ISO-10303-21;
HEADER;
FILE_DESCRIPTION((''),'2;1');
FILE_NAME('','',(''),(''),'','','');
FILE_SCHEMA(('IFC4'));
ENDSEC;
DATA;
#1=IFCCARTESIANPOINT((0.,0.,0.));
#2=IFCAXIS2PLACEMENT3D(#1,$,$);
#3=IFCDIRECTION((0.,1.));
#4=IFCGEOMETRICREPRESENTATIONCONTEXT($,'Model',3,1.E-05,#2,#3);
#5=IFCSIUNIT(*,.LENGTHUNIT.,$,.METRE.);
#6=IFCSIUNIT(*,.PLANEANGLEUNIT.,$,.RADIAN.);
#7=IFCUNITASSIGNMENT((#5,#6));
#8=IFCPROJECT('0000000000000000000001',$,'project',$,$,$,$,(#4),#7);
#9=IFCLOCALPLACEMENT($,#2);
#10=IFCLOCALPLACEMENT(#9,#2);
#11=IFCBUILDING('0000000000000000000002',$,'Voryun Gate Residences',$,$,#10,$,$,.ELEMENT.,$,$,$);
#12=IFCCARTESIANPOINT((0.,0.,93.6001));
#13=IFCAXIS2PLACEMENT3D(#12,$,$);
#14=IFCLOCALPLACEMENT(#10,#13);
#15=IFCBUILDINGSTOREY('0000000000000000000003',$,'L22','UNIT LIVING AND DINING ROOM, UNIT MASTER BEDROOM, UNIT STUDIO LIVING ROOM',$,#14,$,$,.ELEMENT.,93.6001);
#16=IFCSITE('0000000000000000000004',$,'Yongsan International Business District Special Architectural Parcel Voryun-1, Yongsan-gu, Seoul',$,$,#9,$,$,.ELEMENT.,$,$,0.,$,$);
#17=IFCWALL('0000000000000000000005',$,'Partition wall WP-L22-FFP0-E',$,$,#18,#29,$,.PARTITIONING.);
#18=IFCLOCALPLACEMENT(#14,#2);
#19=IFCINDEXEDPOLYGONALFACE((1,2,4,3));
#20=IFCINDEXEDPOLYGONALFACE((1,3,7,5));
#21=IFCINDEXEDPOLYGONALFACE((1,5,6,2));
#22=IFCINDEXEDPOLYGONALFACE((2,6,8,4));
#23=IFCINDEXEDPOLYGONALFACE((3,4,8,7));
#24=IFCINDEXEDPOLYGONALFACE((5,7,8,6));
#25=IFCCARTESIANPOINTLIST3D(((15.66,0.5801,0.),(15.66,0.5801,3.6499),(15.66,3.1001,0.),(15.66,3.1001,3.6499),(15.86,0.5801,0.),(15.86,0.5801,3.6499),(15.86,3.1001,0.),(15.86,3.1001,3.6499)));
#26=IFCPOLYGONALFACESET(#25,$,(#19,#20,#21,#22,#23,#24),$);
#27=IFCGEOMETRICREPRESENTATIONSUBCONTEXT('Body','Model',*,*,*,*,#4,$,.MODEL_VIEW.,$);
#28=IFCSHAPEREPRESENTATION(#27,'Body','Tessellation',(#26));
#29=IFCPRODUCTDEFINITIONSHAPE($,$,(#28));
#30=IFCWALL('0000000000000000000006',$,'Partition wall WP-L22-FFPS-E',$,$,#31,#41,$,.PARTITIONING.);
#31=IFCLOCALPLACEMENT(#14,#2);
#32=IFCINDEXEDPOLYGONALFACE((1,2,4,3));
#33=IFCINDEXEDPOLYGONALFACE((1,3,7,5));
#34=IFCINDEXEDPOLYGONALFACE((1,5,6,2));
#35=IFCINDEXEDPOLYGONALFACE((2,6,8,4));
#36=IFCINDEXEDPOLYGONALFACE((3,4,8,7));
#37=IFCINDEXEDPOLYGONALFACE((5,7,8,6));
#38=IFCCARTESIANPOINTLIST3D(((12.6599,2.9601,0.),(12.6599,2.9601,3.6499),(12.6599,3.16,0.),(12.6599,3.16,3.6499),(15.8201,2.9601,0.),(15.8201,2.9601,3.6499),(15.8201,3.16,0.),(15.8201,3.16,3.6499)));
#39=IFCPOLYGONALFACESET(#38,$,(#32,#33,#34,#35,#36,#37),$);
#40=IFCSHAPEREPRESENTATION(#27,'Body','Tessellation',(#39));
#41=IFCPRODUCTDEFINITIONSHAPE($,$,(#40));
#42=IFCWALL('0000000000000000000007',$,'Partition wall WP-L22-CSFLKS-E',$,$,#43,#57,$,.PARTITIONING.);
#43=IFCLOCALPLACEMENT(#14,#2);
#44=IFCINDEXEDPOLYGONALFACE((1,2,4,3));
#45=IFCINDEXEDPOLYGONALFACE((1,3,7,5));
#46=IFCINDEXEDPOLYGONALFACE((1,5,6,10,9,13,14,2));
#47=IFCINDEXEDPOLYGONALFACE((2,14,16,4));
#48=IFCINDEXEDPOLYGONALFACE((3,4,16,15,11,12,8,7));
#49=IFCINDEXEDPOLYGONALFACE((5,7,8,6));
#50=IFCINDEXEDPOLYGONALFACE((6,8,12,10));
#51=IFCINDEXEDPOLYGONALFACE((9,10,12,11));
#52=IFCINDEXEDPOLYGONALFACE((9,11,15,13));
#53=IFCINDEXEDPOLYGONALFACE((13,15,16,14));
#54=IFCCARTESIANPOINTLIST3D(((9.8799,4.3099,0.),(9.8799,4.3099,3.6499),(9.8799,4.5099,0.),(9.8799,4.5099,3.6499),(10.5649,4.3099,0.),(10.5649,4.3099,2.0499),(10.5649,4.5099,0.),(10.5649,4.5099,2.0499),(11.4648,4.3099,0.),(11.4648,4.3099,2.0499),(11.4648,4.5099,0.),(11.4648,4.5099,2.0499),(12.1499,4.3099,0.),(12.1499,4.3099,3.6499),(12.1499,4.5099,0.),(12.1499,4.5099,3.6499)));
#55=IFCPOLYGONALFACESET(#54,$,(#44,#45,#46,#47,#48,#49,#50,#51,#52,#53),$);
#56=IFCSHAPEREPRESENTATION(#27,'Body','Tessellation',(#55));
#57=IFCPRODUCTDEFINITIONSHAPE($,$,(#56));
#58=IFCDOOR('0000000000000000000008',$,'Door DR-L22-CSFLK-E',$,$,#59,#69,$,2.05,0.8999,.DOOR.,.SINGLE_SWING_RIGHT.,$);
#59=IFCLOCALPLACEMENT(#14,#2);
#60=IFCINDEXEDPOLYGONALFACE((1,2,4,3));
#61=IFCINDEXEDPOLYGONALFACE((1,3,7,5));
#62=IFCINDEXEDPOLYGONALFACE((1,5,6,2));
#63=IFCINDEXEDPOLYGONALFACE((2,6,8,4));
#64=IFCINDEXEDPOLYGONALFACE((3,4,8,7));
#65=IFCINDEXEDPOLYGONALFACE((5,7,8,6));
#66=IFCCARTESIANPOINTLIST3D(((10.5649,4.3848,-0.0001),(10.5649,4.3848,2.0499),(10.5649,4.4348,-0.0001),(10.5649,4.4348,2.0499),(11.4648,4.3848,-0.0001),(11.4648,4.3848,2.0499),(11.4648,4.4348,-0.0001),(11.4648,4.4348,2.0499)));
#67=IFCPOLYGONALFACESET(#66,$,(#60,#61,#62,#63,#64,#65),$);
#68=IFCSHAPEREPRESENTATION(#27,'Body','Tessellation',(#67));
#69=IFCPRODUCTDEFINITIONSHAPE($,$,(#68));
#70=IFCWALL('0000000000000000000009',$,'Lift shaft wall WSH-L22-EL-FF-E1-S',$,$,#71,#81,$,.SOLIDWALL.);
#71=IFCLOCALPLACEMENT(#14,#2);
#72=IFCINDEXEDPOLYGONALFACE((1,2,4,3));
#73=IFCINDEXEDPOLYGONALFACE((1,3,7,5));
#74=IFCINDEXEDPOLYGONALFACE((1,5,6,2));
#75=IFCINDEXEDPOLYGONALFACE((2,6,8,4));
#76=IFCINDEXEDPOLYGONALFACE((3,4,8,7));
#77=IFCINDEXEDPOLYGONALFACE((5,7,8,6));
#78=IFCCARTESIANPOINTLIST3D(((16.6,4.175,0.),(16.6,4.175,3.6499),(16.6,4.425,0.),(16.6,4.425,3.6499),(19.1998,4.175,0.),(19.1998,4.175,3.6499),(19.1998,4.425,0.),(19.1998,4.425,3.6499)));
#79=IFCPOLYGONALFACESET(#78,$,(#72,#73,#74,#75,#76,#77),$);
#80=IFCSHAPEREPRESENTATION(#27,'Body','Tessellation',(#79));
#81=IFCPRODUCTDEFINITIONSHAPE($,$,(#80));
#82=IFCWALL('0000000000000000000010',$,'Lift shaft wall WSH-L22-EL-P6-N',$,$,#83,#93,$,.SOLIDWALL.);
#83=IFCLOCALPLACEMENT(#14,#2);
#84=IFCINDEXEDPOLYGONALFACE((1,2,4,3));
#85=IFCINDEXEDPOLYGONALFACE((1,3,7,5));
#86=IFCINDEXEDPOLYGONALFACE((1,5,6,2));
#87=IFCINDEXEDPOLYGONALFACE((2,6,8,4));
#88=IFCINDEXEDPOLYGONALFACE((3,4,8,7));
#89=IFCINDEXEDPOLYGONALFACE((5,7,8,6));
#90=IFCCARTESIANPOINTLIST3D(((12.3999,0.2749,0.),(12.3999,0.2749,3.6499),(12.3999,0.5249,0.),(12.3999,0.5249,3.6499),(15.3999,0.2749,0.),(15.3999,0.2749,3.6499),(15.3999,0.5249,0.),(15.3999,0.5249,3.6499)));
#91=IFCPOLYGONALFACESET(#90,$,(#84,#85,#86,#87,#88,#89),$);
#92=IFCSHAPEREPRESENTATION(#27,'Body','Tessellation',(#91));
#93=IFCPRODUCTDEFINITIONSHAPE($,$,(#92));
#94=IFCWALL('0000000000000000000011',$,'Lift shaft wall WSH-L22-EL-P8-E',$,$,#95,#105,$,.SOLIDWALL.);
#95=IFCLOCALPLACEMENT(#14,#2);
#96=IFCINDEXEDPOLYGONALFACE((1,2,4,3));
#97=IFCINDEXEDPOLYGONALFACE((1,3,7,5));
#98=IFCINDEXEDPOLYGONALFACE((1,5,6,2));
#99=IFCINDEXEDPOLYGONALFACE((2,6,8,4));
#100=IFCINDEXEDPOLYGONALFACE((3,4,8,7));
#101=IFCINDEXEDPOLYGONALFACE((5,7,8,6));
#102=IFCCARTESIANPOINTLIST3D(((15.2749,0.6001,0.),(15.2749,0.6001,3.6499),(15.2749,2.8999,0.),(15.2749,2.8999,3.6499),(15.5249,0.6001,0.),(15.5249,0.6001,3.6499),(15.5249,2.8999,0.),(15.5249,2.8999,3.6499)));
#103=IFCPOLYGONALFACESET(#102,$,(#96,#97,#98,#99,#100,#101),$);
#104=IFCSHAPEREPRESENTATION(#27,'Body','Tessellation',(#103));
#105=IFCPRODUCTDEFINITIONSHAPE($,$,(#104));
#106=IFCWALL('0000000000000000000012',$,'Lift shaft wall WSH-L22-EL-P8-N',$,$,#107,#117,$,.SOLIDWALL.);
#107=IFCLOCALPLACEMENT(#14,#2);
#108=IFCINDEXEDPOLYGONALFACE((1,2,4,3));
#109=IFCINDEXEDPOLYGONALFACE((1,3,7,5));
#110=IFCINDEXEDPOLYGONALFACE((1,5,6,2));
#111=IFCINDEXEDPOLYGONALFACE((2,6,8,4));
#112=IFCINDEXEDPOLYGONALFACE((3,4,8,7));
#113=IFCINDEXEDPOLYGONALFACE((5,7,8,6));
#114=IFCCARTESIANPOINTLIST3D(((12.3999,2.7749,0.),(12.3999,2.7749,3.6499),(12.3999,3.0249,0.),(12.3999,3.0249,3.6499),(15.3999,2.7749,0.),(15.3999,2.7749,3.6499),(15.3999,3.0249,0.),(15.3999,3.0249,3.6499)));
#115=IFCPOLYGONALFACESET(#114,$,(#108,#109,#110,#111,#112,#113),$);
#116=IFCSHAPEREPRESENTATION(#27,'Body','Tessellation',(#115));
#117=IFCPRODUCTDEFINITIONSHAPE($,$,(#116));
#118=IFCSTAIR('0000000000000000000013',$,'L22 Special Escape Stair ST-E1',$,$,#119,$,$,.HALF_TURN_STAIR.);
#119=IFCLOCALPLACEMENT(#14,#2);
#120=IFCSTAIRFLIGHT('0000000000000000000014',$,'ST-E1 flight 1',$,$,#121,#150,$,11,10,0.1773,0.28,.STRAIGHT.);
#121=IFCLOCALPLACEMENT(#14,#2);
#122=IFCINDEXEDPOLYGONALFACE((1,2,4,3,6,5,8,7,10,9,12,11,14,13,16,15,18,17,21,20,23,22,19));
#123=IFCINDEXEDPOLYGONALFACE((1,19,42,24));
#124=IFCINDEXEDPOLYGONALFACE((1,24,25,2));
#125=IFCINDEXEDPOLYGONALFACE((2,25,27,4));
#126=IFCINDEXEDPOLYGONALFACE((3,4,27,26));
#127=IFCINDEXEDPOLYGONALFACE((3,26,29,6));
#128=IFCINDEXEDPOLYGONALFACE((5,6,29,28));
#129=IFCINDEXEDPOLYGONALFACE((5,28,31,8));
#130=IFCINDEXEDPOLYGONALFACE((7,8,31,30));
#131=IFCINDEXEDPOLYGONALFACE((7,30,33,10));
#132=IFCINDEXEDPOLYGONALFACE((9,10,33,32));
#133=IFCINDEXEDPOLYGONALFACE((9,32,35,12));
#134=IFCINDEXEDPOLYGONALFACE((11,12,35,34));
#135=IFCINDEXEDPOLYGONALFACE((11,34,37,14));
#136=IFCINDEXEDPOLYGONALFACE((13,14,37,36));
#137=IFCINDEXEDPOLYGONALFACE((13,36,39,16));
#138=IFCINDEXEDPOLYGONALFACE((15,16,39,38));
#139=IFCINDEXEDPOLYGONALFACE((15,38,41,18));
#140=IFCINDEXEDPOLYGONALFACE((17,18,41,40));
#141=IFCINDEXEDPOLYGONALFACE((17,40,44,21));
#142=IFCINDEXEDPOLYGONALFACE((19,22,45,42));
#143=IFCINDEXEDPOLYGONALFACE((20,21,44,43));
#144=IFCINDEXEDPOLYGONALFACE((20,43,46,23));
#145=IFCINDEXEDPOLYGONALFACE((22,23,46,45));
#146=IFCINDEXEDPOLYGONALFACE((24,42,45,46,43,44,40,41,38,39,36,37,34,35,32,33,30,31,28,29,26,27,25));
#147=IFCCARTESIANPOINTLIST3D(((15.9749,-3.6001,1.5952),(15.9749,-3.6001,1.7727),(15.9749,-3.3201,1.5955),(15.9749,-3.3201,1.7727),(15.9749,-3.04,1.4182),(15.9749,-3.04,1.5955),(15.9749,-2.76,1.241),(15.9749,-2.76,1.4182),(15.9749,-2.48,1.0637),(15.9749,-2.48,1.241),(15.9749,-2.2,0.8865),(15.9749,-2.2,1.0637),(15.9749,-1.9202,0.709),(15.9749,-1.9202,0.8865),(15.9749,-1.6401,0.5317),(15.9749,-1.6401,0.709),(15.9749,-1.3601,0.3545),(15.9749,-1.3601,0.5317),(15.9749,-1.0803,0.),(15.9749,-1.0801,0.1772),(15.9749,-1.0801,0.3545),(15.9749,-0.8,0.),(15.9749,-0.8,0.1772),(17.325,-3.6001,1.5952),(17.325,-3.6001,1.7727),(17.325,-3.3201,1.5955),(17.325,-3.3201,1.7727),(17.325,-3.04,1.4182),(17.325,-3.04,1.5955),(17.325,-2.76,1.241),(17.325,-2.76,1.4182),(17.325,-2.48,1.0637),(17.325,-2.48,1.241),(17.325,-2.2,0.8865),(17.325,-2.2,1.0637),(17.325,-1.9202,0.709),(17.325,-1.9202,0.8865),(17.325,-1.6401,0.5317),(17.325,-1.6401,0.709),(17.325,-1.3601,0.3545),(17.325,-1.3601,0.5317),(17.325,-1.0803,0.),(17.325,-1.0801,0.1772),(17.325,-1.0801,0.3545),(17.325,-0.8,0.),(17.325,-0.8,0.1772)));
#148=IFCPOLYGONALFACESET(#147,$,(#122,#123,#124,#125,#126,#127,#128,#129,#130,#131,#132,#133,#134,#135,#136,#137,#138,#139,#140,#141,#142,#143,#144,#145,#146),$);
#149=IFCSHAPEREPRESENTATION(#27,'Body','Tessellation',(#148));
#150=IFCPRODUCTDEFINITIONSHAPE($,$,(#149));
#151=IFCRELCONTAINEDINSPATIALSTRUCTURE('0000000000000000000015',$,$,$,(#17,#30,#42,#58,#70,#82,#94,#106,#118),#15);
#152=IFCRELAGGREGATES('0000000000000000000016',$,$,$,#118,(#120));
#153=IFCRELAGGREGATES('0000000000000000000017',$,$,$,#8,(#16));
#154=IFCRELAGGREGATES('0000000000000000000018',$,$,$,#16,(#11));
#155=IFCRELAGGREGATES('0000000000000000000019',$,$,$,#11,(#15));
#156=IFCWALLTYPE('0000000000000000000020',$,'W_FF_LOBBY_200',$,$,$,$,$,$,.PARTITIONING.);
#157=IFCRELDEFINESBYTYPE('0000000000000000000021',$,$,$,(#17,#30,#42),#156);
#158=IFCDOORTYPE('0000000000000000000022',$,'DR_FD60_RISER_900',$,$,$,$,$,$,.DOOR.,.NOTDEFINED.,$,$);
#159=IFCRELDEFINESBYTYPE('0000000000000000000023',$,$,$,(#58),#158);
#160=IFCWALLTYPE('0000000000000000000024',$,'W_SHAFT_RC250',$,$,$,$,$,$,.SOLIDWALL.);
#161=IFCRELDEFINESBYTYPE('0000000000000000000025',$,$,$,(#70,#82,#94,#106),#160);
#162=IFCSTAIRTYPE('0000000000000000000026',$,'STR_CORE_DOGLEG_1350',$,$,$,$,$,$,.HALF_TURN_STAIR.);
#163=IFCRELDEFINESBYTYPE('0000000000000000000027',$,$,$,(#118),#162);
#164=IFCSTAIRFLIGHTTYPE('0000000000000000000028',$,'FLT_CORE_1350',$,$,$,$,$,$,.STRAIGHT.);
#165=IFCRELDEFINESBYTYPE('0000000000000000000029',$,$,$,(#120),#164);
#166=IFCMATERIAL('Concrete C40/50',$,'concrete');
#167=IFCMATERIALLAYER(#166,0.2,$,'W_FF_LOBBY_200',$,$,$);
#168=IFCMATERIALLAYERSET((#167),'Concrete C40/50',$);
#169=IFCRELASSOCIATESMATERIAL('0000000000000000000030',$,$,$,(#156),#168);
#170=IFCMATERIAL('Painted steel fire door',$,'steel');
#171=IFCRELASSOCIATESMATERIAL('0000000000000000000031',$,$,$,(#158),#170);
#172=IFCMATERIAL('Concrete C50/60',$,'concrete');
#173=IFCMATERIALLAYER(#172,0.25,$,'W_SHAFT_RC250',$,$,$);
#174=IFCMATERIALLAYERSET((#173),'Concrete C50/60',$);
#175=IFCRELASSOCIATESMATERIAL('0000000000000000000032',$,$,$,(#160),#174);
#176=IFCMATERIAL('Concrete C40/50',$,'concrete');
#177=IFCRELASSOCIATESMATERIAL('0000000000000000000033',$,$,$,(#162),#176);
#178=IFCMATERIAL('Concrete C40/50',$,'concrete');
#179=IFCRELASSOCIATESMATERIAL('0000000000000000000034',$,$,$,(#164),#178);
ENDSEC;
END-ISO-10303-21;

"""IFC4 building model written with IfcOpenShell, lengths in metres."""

from ifc_helpers import new_model, si_unit, direction, frame, frame_2d, origin, place, context, subcontext, project, spatial, polyline, rectangle, outline, extrude, material, layer, layer_set, type_object, element, fill, aggregate, save


model = new_model("IFC4")

# Units and contexts
model_context = context("Model", 3, precision=1e-05, world=origin(), true_north=direction((0.0, 1.0)))
body_context = subcontext(model_context, "Body", "Model", "MODEL_VIEW")
ifc_project = project(units=[si_unit("LENGTHUNIT", "METRE"), si_unit("PLANEANGLEUNIT", "RADIAN")], contexts=[model_context])

# Site, building, storey
site_placement = place(None, origin())
site = spatial("IfcSite", under=ifc_project, at=site_placement, Name="Yongsan International Business District Special Architectural Parcel Voryun-1, Yongsan-gu, Seoul", CompositionType="ELEMENT", RefElevation=0.0)
building_placement = place(site_placement, origin())
building = spatial("IfcBuilding", under=site, at=building_placement, Name="Voryun Gate Residences", CompositionType="ELEMENT")
storey_placement = place(building_placement, frame((0.0, 0.0, 93.6001)))
storey = spatial("IfcBuildingStorey", under=building, at=storey_placement, Name="L22", Description="UNIT LIVING AND DINING ROOM, UNIT MASTER BEDROOM, UNIT STUDIO LIVING ROOM", CompositionType="ELEMENT", Elevation=93.6001)

# Walls
ifc_material_1 = material(Name="Concrete C40/50", Category="concrete")
ifc_layer_1 = layer(ifc_material_1, 0.2, Name="W_FF_LOBBY_200")
ifc_layer_set_1 = layer_set([ifc_layer_1], Name="Concrete C40/50")
wall_type_1 = type_object("IfcWallType", Name="W_FF_LOBBY_200", PredefinedType="PARTITIONING", material=ifc_layer_set_1)
wall_1_placement = place(storey_placement, frame((15.76, 0.5801, 0.0), z_axis=(0.0, 0.0, 1.0), x_axis=(0.0, 1.0, 0.0)))
element("IfcWall", 1, at=wall_1_placement, inside=storey, type_object=wall_type_1, Name="Partition wall WP-L22-FFP0-E", PredefinedType="PARTITIONING", context=body_context, shape_type="SweptSolid", body=[
    extrude(rectangle(XDim=2.52, YDim=0.2, at=frame_2d((1.26, 0.0))), origin(), (0.0, 0.0, 1.0), 3.6499),
])
wall_2_placement = place(storey_placement, frame((12.6599, 3.0601, 0.0), z_axis=(0.0, 0.0, 1.0), x_axis=(1.0, 0.0, 0.0)))
element("IfcWall", 2, at=wall_2_placement, inside=storey, type_object=wall_type_1, Name="Partition wall WP-L22-FFPS-E", PredefinedType="PARTITIONING", context=body_context, shape_type="SweptSolid", body=[
    extrude(rectangle(XDim=3.1602, YDim=0.2, at=frame_2d((1.5801, 0.0))), origin(), (0.0, 0.0, 1.0), 3.6499),
])

# Wall, opening, door
wall_3_placement = place(storey_placement, frame((9.8799, 4.4099, 0.0), z_axis=(0.0, 0.0, 1.0), x_axis=(1.0, 0.0, 0.0)))
wall_3 = element("IfcWall", 3, at=wall_3_placement, inside=storey, type_object=wall_type_1, Name="Partition wall WP-L22-CSFLKS-E", PredefinedType="PARTITIONING", context=body_context, shape_type="SweptSolid", body=[
    extrude(rectangle(XDim=2.27, YDim=0.2, at=frame_2d((1.135, 0.0))), origin(), (0.0, 0.0, 1.0), 3.6499),
])
opening_1_placement = place(wall_3_placement, frame((0.6851, 0.0, 0.0)))
opening_1 = element("IfcOpeningElement", 4, at=opening_1_placement, cuts=wall_3, PredefinedType="OPENING", context=body_context, shape_type="SweptSolid", body=[
    extrude(rectangle(XDim=0.8999, YDim=2.05, at=frame_2d((0.45, 1.0249))), frame((0.0, 0.1101, 0.0), z_axis=(0.0, -1.0, 0.0), x_axis=(1.0, 0.0, 0.0)), (0.0, 0.0, 1.0), 0.22),
])
ifc_material_2 = material(Name="Painted steel fire door", Category="steel")
door_type_1 = type_object("IfcDoorType", Name="DR_FD60_RISER_900", OperationType="NOTDEFINED", PredefinedType="DOOR", material=ifc_material_2)
door_1_placement = place(opening_1_placement, origin())
door_1 = element("IfcDoor", 5, at=door_1_placement, inside=storey, type_object=door_type_1, Name="Door DR-L22-CSFLK-E", OperationType="SINGLE_SWING_RIGHT", OverallHeight=2.05, OverallWidth=0.8999, PredefinedType="DOOR", context=body_context, shape_type="SweptSolid", body=[
    extrude(rectangle(XDim=0.8999, YDim=2.05, at=frame_2d((0.45, 1.0249))), frame((0.0, 0.0249, 0.0), z_axis=(0.0, -1.0, 0.0), x_axis=(1.0, 0.0, 0.0)), (0.0, 0.0, 1.0), 0.05),
])
fill(opening_1, door_1)

# Walls
ifc_material_3 = material(Name="Concrete C50/60", Category="concrete")
ifc_layer_2 = layer(ifc_material_3, 0.25, Name="W_SHAFT_RC250")
ifc_layer_set_2 = layer_set([ifc_layer_2], Name="Concrete C50/60")
wall_type_2 = type_object("IfcWallType", Name="W_SHAFT_RC250", PredefinedType="SOLIDWALL", material=ifc_layer_set_2)
wall_4_placement = place(storey_placement, frame((16.6001, 4.3, 0.0), z_axis=(0.0, 0.0, 1.0), x_axis=(1.0, 0.0, 0.0)))
element("IfcWall", 6, at=wall_4_placement, inside=storey, type_object=wall_type_2, Name="Lift shaft wall WSH-L22-EL-FF-E1-S", PredefinedType="SOLIDWALL", context=body_context, shape_type="SweptSolid", body=[
    extrude(rectangle(XDim=2.5999, YDim=0.25, at=frame_2d((1.2998, 0.0))), origin(), (0.0, 0.0, 1.0), 3.6499),
])
wall_5_placement = place(storey_placement, frame((15.3999, 0.3999, 0.0), z_axis=(0.0, 0.0, 1.0), x_axis=(-1.0, 0.0, 0.0)))
element("IfcWall", 7, at=wall_5_placement, inside=storey, type_object=wall_type_2, Name="Lift shaft wall WSH-L22-EL-P6-N", PredefinedType="SOLIDWALL", context=body_context, shape_type="SweptSolid", body=[
    extrude(rectangle(XDim=3.0, YDim=0.25, at=frame_2d((1.5, 0.0))), origin(), (0.0, 0.0, 1.0), 3.6499),
])
wall_6_placement = place(storey_placement, frame((15.3999, 0.6001, 0.0), z_axis=(0.0, 0.0, 1.0), x_axis=(0.0, 1.0, 0.0)))
element("IfcWall", 8, at=wall_6_placement, inside=storey, type_object=wall_type_2, Name="Lift shaft wall WSH-L22-EL-P8-E", PredefinedType="SOLIDWALL", context=body_context, shape_type="SweptSolid", body=[
    extrude(rectangle(XDim=2.2998, YDim=0.25, at=frame_2d((1.1499, 0.0))), origin(), (0.0, 0.0, 1.0), 3.6499),
])
wall_7_placement = place(storey_placement, frame((15.3999, 2.8999, 0.0), z_axis=(0.0, 0.0, 1.0), x_axis=(-1.0, 0.0, 0.0)))
element("IfcWall", 9, at=wall_7_placement, inside=storey, type_object=wall_type_2, Name="Lift shaft wall WSH-L22-EL-P8-N", PredefinedType="SOLIDWALL", context=body_context, shape_type="SweptSolid", body=[
    extrude(rectangle(XDim=3.0, YDim=0.25, at=frame_2d((1.5, 0.0))), origin(), (0.0, 0.0, 1.0), 3.6499),
])

# Stair, stair flight
ifc_material_4 = material(Name="Concrete C40/50", Category="concrete")
stair_type = type_object("IfcStairType", Name="STR_CORE_DOGLEG_1350", PredefinedType="HALF_TURN_STAIR", material=ifc_material_4)
stair_placement = place(storey_placement, origin())
stair = element("IfcStair", 10, at=stair_placement, inside=storey, type_object=stair_type, Name="L22 Special Escape Stair ST-E1", PredefinedType="HALF_TURN_STAIR")
ifc_material_5 = material(Name="Concrete C40/50", Category="concrete")
stair_flight_type = type_object("IfcStairFlightType", Name="FLT_CORE_1350", PredefinedType="STRAIGHT", material=ifc_material_5)
stair_flight_placement = place(storey_placement, frame((16.6499, -0.8, 0.0), z_axis=(0.0, 0.0, 1.0), x_axis=(0.0, -1.0, 0.0)))
stair_flight = element("IfcStairFlight", 11, at=stair_flight_placement, type_object=stair_flight_type, Name="ST-E1 flight 1", NumberOfRisers=11, NumberOfTreads=10, PredefinedType="STRAIGHT", RiserHeight=0.1773, TreadLength=0.28, context=body_context, shape_type="SweptSolid", body=[
    extrude(outline(polyline([(0.0, 0.0), (0.0, 0.1772), (0.28, 0.1772), (0.28, 0.3545), (0.5601, 0.3545), (0.5601, 0.5317), (0.8401, 0.5317), (0.8401, 0.709), (1.1201, 0.709), (1.1201, 0.8865), (1.3999, 0.8865), (1.3999, 1.0637), (1.6799, 1.0637), (1.6799, 1.241), (1.96, 1.241), (1.96, 1.4182), (2.24, 1.4182), (2.24, 1.5955), (2.52, 1.5955), (2.52, 1.7727), (2.8, 1.7727), (2.8, 1.95), (2.8, 1.5952), (0.2803, 0.0), (0.0, 0.0)])), frame((0.0, 0.675, 0.0), z_axis=(0.0, -1.0, 0.0), x_axis=(1.0, 0.0, 0.0)), (0.0, 0.0, 1.0), 1.3501),
])
aggregate(stair, [stair_flight])

save(model, "model.ifc")
